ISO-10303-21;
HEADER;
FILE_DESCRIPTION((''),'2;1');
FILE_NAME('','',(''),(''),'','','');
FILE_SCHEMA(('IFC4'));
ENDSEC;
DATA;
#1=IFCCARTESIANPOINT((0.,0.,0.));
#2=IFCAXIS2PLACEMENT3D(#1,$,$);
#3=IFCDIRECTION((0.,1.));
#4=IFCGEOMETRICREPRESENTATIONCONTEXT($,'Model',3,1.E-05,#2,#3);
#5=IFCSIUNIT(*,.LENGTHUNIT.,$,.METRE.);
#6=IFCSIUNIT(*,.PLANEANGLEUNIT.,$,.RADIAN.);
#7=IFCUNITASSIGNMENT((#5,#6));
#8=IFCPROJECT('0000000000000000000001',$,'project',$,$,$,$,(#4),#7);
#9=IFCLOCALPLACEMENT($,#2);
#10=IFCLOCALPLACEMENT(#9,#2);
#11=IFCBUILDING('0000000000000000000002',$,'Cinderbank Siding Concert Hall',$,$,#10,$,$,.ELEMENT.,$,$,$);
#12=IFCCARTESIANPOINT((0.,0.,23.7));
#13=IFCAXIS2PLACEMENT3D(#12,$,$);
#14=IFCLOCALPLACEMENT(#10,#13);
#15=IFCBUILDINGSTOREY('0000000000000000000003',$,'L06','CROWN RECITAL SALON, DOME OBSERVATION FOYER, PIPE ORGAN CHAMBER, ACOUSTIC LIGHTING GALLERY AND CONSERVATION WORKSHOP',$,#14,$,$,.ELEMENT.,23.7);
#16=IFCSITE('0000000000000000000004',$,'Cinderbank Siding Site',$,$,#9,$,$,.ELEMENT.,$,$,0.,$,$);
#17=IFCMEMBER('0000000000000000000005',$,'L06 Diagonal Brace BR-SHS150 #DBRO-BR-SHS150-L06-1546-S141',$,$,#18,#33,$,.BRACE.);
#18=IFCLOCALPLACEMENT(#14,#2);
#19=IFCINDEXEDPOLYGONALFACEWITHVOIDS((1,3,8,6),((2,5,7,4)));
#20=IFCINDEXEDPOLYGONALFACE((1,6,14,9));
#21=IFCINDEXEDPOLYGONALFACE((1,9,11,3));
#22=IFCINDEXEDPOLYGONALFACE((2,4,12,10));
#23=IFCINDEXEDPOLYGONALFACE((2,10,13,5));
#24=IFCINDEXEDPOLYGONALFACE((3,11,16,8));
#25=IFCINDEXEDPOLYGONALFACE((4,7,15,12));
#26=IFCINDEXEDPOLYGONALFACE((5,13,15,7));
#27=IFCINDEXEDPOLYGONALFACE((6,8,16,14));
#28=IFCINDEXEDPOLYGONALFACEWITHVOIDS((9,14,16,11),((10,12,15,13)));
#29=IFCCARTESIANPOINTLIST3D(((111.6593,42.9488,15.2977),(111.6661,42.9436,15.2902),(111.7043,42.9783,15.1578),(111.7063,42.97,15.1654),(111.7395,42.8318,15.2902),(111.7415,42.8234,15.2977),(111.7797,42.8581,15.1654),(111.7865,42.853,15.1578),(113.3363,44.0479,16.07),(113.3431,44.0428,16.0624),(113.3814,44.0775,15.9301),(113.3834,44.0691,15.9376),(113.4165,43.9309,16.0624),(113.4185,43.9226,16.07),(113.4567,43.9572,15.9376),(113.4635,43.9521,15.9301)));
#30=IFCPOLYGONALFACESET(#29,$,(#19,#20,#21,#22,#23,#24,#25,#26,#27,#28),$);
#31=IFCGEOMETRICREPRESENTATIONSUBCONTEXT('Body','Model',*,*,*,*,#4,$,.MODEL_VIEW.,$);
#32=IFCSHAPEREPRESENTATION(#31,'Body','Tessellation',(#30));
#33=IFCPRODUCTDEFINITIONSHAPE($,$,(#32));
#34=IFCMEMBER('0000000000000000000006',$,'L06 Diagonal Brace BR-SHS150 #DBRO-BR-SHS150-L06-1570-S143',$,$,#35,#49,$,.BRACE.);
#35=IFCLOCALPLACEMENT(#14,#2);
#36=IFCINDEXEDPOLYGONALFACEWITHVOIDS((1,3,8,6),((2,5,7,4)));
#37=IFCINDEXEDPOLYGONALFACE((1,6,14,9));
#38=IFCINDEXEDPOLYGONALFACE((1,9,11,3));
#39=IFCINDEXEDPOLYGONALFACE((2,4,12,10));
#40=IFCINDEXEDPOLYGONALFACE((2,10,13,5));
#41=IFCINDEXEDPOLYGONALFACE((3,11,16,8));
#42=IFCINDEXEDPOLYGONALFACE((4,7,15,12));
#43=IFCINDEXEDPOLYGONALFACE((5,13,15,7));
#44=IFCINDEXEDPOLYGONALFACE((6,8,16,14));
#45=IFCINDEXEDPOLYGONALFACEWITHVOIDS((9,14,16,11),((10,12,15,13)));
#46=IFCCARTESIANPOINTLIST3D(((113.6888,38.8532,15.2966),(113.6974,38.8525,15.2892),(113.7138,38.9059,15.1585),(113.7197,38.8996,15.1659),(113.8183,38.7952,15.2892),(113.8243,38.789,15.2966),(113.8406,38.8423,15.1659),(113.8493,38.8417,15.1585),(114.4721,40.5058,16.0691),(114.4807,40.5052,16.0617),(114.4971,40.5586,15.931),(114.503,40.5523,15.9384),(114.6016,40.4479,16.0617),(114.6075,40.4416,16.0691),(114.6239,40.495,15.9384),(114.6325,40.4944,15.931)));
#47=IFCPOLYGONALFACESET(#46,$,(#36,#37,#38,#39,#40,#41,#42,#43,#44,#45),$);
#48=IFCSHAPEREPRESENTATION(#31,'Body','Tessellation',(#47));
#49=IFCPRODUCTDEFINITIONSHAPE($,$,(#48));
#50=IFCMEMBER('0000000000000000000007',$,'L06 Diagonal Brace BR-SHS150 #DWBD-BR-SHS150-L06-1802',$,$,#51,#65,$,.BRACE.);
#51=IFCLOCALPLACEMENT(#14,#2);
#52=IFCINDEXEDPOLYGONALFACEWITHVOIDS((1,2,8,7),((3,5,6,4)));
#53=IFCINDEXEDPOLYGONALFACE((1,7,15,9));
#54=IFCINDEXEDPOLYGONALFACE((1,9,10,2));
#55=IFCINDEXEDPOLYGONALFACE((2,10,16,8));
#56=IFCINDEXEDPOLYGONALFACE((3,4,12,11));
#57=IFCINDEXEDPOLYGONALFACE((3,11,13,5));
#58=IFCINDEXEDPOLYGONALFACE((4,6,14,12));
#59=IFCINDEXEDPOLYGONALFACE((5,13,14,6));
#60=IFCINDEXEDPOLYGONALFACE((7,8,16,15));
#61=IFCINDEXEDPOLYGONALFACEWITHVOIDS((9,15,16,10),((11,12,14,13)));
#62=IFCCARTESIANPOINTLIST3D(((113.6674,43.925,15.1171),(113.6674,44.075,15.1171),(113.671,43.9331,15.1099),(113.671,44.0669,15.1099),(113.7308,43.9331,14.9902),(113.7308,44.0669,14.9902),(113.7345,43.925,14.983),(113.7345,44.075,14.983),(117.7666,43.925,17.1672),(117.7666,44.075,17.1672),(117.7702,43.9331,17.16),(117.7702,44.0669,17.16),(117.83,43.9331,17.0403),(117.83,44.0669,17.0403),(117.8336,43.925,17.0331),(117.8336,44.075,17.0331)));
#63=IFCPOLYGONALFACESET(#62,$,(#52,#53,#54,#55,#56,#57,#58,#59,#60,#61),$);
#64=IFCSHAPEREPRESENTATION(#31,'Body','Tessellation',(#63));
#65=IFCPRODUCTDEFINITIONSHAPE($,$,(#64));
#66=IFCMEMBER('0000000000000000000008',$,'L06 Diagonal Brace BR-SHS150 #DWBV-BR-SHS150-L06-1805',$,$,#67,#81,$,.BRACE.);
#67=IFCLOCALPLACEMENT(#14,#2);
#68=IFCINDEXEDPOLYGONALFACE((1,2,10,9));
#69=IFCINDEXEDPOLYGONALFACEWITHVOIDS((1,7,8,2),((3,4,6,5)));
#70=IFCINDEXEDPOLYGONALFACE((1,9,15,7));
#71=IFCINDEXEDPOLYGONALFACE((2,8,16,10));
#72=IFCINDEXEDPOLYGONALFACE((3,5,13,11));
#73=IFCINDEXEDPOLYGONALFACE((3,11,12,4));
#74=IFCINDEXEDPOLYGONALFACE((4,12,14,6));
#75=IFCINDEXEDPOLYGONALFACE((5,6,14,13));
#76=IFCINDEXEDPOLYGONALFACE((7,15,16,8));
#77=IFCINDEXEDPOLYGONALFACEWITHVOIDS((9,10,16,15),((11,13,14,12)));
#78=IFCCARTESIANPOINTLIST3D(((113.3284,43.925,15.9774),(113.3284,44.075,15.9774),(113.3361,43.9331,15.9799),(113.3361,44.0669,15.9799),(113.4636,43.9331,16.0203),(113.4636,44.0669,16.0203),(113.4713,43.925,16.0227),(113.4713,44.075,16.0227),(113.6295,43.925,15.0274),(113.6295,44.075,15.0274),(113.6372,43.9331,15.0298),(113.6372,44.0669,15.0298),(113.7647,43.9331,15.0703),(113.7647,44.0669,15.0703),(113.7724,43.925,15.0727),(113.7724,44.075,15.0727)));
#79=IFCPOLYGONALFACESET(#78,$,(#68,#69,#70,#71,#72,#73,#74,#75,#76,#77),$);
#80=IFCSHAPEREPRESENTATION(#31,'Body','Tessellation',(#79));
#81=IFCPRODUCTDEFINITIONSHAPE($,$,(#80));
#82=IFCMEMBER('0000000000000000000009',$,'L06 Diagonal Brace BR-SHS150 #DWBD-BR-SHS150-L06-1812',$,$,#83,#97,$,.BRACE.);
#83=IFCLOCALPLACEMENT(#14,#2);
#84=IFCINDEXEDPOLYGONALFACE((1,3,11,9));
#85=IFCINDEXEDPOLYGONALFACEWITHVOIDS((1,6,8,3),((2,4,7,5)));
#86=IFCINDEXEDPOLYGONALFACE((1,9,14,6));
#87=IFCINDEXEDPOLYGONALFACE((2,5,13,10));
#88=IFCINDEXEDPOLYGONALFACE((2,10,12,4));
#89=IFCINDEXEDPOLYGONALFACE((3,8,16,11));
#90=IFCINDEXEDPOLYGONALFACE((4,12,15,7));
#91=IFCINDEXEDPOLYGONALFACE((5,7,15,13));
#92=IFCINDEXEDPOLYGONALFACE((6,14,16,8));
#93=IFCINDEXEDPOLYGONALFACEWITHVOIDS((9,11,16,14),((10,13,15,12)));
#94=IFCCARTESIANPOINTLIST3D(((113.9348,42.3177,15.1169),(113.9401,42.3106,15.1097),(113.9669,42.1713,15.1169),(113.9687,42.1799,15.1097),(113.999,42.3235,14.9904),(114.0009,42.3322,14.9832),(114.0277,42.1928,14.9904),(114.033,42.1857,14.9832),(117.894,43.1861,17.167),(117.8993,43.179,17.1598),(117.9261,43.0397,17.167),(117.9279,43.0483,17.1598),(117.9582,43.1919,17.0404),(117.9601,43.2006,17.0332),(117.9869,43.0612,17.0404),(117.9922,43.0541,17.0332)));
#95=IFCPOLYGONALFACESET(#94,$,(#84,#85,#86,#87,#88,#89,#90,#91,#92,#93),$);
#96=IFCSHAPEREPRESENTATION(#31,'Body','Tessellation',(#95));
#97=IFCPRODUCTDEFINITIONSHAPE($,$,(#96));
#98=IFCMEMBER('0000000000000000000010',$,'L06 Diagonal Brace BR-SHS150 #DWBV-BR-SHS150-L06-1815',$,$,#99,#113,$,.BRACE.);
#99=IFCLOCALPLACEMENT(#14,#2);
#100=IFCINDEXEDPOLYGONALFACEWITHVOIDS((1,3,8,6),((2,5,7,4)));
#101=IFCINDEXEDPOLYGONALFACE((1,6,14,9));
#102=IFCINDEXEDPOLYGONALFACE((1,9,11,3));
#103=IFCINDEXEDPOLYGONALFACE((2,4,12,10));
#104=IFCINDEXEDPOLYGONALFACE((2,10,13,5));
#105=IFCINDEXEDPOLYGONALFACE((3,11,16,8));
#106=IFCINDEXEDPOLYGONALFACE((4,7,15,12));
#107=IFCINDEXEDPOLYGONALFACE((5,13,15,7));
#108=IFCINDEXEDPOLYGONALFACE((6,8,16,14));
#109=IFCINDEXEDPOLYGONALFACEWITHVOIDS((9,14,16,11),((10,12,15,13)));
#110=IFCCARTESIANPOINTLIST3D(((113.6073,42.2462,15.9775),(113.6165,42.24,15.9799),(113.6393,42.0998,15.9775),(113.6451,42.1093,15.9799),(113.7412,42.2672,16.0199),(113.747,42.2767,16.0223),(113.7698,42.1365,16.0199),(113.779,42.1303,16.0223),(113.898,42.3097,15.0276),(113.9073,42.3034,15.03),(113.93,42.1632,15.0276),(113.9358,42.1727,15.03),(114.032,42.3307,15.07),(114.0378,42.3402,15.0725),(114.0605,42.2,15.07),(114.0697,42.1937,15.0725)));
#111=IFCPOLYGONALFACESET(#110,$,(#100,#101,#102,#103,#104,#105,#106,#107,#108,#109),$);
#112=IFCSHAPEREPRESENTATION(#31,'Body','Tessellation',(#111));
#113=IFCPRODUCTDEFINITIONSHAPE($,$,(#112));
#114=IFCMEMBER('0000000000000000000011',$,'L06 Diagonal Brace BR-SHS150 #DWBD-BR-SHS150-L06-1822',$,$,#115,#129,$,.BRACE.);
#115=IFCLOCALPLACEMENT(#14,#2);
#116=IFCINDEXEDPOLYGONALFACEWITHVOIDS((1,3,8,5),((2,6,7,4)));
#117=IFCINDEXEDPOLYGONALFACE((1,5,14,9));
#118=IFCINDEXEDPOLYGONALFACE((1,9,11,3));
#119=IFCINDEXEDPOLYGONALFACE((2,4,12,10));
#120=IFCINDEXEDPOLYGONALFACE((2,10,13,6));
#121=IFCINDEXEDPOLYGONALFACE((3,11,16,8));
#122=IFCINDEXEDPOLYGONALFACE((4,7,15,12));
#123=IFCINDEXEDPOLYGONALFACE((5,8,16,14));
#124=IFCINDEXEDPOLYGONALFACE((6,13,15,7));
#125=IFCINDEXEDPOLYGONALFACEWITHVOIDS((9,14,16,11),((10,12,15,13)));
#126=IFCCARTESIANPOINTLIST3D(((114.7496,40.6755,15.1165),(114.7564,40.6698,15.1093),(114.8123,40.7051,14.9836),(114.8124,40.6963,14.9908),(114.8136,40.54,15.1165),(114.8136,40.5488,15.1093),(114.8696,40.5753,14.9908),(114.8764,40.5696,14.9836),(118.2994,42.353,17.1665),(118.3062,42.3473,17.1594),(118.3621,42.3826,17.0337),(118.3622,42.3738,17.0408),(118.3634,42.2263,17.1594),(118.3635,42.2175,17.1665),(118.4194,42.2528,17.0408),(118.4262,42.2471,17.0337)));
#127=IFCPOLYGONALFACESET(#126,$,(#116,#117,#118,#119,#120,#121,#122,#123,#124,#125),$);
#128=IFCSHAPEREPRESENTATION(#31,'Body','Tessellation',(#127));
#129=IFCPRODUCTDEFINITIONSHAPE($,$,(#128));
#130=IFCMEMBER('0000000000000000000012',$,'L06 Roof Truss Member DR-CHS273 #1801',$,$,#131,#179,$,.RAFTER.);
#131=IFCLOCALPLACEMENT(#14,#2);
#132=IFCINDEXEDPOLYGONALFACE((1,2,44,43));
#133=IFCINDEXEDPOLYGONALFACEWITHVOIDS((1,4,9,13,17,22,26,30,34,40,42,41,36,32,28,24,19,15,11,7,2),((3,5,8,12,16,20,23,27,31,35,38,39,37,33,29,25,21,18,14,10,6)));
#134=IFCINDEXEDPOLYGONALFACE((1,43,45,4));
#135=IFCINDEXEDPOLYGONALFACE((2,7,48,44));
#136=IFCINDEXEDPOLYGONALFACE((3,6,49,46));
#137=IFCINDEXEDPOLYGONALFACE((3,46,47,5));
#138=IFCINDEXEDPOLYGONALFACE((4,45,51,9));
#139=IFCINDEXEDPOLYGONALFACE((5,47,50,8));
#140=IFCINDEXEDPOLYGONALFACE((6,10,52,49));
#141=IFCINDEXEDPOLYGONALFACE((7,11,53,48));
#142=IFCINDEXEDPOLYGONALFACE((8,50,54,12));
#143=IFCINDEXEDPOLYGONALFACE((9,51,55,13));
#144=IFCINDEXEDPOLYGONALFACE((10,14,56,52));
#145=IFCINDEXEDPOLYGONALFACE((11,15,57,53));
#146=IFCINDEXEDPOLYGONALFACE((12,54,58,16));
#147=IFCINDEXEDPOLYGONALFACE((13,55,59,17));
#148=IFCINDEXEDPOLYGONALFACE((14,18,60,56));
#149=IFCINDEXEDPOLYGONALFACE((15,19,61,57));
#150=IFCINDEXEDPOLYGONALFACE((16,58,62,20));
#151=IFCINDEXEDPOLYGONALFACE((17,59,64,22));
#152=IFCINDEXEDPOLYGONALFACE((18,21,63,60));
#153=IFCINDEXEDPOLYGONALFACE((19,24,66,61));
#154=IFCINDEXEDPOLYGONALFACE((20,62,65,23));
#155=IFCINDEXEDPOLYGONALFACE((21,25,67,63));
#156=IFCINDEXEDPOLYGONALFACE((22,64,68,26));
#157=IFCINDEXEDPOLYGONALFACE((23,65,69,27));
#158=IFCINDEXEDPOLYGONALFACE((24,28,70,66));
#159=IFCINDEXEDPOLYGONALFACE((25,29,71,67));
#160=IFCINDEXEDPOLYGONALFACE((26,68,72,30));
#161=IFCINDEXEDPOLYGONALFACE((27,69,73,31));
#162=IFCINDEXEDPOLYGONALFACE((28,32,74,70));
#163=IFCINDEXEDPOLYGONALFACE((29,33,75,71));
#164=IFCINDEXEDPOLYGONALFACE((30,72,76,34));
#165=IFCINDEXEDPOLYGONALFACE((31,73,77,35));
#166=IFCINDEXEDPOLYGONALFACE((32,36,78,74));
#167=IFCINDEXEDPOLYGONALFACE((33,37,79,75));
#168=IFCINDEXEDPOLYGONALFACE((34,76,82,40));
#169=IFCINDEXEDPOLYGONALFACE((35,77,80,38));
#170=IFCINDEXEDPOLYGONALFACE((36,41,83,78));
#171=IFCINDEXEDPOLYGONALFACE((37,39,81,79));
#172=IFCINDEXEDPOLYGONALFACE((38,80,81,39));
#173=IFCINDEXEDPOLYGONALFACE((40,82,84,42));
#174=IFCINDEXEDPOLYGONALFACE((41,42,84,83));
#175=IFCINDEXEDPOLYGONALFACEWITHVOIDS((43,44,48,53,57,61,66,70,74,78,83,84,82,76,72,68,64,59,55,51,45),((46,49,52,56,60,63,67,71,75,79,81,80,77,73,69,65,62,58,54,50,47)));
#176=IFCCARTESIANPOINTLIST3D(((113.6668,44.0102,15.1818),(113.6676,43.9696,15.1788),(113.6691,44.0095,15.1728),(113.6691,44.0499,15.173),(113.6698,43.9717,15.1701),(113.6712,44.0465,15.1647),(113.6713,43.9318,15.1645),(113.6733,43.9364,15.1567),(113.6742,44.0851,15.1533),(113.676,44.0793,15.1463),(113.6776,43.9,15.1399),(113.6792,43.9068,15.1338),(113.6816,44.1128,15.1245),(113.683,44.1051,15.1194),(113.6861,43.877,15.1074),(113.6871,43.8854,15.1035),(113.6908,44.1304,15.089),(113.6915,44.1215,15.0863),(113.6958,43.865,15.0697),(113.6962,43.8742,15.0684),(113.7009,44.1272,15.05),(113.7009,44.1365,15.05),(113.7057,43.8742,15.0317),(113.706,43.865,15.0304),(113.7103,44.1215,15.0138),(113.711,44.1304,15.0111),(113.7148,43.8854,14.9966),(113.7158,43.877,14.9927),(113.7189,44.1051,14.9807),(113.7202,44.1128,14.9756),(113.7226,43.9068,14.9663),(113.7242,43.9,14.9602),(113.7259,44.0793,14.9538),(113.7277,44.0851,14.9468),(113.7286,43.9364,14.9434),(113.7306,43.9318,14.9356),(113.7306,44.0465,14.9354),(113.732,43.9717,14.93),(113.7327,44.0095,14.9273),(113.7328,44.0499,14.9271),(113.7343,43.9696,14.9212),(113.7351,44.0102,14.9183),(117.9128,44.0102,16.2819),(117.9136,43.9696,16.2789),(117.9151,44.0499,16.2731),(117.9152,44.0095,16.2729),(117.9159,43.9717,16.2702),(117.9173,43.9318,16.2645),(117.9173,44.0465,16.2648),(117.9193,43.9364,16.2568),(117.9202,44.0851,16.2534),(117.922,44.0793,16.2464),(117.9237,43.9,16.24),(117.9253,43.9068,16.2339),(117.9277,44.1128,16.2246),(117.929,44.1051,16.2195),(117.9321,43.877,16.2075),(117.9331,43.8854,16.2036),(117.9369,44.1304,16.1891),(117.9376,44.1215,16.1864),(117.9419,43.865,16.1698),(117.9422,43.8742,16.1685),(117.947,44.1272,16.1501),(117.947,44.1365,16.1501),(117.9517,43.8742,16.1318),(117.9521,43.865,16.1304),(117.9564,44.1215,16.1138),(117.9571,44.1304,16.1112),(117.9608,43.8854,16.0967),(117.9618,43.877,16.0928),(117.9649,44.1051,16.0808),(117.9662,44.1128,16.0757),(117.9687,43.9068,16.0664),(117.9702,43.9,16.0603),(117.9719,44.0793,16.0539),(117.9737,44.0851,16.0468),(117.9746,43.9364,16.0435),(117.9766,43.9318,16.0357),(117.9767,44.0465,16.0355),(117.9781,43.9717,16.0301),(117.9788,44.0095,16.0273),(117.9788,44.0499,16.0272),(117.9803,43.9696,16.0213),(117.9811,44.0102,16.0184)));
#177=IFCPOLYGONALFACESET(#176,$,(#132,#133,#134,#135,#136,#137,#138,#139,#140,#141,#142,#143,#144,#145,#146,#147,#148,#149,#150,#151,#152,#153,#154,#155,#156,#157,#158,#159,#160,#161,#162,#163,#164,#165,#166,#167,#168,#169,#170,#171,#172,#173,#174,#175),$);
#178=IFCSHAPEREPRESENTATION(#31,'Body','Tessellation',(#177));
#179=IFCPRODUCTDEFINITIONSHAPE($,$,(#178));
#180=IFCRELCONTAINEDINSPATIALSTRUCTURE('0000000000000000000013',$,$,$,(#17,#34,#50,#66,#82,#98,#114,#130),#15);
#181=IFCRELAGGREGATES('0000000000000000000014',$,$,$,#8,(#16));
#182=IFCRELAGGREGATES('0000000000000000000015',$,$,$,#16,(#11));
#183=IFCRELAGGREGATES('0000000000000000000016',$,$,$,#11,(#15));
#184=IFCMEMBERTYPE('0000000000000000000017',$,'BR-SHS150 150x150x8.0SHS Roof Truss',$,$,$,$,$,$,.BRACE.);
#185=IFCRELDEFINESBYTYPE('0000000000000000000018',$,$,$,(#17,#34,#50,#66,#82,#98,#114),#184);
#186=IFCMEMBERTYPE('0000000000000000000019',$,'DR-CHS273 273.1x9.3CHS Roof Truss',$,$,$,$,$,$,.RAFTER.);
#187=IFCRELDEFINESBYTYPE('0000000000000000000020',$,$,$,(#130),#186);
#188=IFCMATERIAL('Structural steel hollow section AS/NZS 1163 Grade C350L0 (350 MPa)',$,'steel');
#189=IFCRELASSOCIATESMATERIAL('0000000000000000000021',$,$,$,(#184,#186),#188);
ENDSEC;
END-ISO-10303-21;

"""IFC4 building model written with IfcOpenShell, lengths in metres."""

from ifc_helpers import new_model, si_unit, direction, frame, origin, origin_2d, place, context, subcontext, project, spatial, hollow_rectangle, hollow_circle, extrude, material, material_profile, profile_set, type_object, element, save


model = new_model("IFC4")

# Units and contexts
model_context = context("Model", 3, precision=1e-05, world=origin(), true_north=direction((0.0, 1.0)))
body_context = subcontext(model_context, "Body", "Model", "MODEL_VIEW")
ifc_project = project(units=[si_unit("LENGTHUNIT", "METRE"), si_unit("PLANEANGLEUNIT", "RADIAN")], contexts=[model_context])

# Site, building, storey
site_placement = place(None, origin())
site = spatial("IfcSite", under=ifc_project, at=site_placement, Name="Cinderbank Siding Site", CompositionType="ELEMENT", RefElevation=0.0)
building_placement = place(site_placement, origin())
building = spatial("IfcBuilding", under=site, at=building_placement, Name="Cinderbank Siding Concert Hall", CompositionType="ELEMENT")
storey_placement = place(building_placement, frame((0.0, 0.0, 23.7)))
storey = spatial("IfcBuildingStorey", under=building, at=storey_placement, Name="L06", Description="CROWN RECITAL SALON, DOME OBSERVATION FOYER, PIPE ORGAN CHAMBER, ACOUSTIC LIGHTING GALLERY AND CONSERVATION WORKSHOP", CompositionType="ELEMENT", Elevation=23.7)

# Members
ifc_material_1 = material(Name="Structural steel hollow section AS/NZS 1163 Grade C350L0 (350 MPa)", Category="steel")
ifc_material_profile_1 = material_profile(ifc_material_1, hollow_rectangle(XDim=0.1499, YDim=0.1499, WallThickness=0.0081, at=origin_2d()), Name="150x150x8.0SHS", Category="LoadBearing")
ifc_profile_set_1 = profile_set([ifc_material_profile_1], Name="Structural steel hollow section AS/NZS 1163 Grade C350L0 (350 MPa)")
member_type_1 = type_object("IfcMemberType", Name="BR-SHS150 150x150x8.0SHS Roof Truss", PredefinedType="BRACE", material=ifc_profile_set_1)
member_1_placement = place(storey_placement, frame((111.7229, 42.9009, 15.2278), z_axis=(0.780489, 0.511539, 0.359395), x_axis=(-0.548164, 0.836371, 0.0)))
element("IfcMember", 1, at=member_1_placement, inside=storey, type_object=member_type_1, Name="L06 Diagonal Brace BR-SHS150 #DBRO-BR-SHS150-L06-1546-S141", PredefinedType="BRACE", context=body_context, shape_type="SweptSolid", body=[
    extrude(hollow_rectangle(XDim=0.1499, YDim=0.1499, WallThickness=0.0081, at=origin_2d()), origin(), (0.0, 0.0, 1.0), 2.1487),
])
member_2_placement = place(storey_placement, frame((113.769, 38.8474, 15.2275), z_axis=(0.394514, 0.83244, 0.389103), x_axis=(-0.903654, 0.428264, 0.0)))
element("IfcMember", 2, at=member_2_placement, inside=storey, type_object=member_type_1, Name="L06 Diagonal Brace BR-SHS150 #DBRO-BR-SHS150-L06-1570-S143", PredefinedType="BRACE", context=body_context, shape_type="SweptSolid", body=[
    extrude(hollow_rectangle(XDim=0.1499, YDim=0.1499, WallThickness=0.0081, at=origin_2d()), origin(), (0.0, 0.0, 1.0), 1.9854),
])
member_3_placement = place(storey_placement, frame((113.7009, 44.0, 15.05), z_axis=(0.894385, 0.0, 0.447299), x_axis=(0.0, 1.0, 0.0)))
element("IfcMember", 3, at=member_3_placement, inside=storey, type_object=member_type_1, Name="L06 Diagonal Brace BR-SHS150 #DWBD-BR-SHS150-L06-1802", PredefinedType="BRACE", context=body_context, shape_type="SweptSolid", body=[
    extrude(hollow_rectangle(XDim=0.1499, YDim=0.1499, WallThickness=0.0081, at=origin_2d()), origin(), (0.0, 0.0, 1.0), 4.5833),
])
member_4_placement = place(storey_placement, frame((113.7009, 44.0, 15.05), z_axis=(-0.302081, 0.0, 0.953282), x_axis=(0.0, -1.0, 0.0)))
element("IfcMember", 4, at=member_4_placement, inside=storey, type_object=member_type_1, Name="L06 Diagonal Brace BR-SHS150 #DWBV-BR-SHS150-L06-1805", PredefinedType="BRACE", context=body_context, shape_type="SweptSolid", body=[
    extrude(hollow_rectangle(XDim=0.1499, YDim=0.1499, WallThickness=0.0081, at=origin_2d()), origin(), (0.0, 0.0, 1.0), 0.9966),
])
member_5_placement = place(storey_placement, frame((113.9839, 42.2517, 15.05), z_axis=(0.871639, 0.191183, 0.451326), x_axis=(-0.214245, 0.97678, 0.0)))
element("IfcMember", 5, at=member_5_placement, inside=storey, type_object=member_type_1, Name="L06 Diagonal Brace BR-SHS150 #DWBD-BR-SHS150-L06-1812", PredefinedType="BRACE", context=body_context, shape_type="SweptSolid", body=[
    extrude(hollow_rectangle(XDim=0.1499, YDim=0.1499, WallThickness=0.0081, at=origin_2d()), origin(), (0.0, 0.0, 1.0), 4.5422),
])
member_6_placement = place(storey_placement, frame((113.9839, 42.2517, 15.05), z_axis=(-0.292091, -0.063765, 0.954262), x_axis=(0.213281, -0.976991, 0.0)))
element("IfcMember", 6, at=member_6_placement, inside=storey, type_object=member_type_1, Name="L06 Diagonal Brace BR-SHS150 #DWBV-BR-SHS150-L06-1815", PredefinedType="BRACE", context=body_context, shape_type="SweptSolid", body=[
    extrude(hollow_rectangle(XDim=0.1499, YDim=0.1499, WallThickness=0.0081, at=origin_2d()), origin(), (0.0, 0.0, 1.0), 0.9954),
])
member_7_placement = place(storey_placement, frame((114.813, 40.6226, 15.05), z_axis=(0.801456, 0.378735, 0.462849), x_axis=(-0.427255, 0.904131, 0.0)))
element("IfcMember", 7, at=member_7_placement, inside=storey, type_object=member_type_1, Name="L06 Diagonal Brace BR-SHS150 #DWBD-BR-SHS150-L06-1822", PredefinedType="BRACE", context=body_context, shape_type="SweptSolid", body=[
    extrude(hollow_rectangle(XDim=0.1499, YDim=0.1499, WallThickness=0.0081, at=origin_2d()), origin(), (0.0, 0.0, 1.0), 4.4292),
])
ifc_material_profile_2 = material_profile(ifc_material_1, hollow_circle(Radius=0.1365, WallThickness=0.0093, at=origin_2d()), Name="273.1x9.3CHS", Category="LoadBearing")
ifc_profile_set_2 = profile_set([ifc_material_profile_2], Name="Structural steel hollow section AS/NZS 1163 Grade C350L0 (350 MPa)")
member_type_2 = type_object("IfcMemberType", Name="DR-CHS273 273.1x9.3CHS Roof Truss", PredefinedType="RAFTER", material=ifc_profile_set_2)
member_8_placement = place(storey_placement, frame((113.7009, 44.0, 15.05), z_axis=(0.968038, 0.0, 0.250804), x_axis=(0.0, 1.0, 0.0)))
element("IfcMember", 8, at=member_8_placement, inside=storey, type_object=member_type_2, Name="L06 Roof Truss Member DR-CHS273 #1801", PredefinedType="RAFTER", context=body_context, shape_type="SweptSolid", body=[
    extrude(hollow_circle(Radius=0.1365, WallThickness=0.0093, at=origin_2d()), origin(), (0.0, 0.0, 1.0), 4.3862),
])

save(model, "model.ifc")
